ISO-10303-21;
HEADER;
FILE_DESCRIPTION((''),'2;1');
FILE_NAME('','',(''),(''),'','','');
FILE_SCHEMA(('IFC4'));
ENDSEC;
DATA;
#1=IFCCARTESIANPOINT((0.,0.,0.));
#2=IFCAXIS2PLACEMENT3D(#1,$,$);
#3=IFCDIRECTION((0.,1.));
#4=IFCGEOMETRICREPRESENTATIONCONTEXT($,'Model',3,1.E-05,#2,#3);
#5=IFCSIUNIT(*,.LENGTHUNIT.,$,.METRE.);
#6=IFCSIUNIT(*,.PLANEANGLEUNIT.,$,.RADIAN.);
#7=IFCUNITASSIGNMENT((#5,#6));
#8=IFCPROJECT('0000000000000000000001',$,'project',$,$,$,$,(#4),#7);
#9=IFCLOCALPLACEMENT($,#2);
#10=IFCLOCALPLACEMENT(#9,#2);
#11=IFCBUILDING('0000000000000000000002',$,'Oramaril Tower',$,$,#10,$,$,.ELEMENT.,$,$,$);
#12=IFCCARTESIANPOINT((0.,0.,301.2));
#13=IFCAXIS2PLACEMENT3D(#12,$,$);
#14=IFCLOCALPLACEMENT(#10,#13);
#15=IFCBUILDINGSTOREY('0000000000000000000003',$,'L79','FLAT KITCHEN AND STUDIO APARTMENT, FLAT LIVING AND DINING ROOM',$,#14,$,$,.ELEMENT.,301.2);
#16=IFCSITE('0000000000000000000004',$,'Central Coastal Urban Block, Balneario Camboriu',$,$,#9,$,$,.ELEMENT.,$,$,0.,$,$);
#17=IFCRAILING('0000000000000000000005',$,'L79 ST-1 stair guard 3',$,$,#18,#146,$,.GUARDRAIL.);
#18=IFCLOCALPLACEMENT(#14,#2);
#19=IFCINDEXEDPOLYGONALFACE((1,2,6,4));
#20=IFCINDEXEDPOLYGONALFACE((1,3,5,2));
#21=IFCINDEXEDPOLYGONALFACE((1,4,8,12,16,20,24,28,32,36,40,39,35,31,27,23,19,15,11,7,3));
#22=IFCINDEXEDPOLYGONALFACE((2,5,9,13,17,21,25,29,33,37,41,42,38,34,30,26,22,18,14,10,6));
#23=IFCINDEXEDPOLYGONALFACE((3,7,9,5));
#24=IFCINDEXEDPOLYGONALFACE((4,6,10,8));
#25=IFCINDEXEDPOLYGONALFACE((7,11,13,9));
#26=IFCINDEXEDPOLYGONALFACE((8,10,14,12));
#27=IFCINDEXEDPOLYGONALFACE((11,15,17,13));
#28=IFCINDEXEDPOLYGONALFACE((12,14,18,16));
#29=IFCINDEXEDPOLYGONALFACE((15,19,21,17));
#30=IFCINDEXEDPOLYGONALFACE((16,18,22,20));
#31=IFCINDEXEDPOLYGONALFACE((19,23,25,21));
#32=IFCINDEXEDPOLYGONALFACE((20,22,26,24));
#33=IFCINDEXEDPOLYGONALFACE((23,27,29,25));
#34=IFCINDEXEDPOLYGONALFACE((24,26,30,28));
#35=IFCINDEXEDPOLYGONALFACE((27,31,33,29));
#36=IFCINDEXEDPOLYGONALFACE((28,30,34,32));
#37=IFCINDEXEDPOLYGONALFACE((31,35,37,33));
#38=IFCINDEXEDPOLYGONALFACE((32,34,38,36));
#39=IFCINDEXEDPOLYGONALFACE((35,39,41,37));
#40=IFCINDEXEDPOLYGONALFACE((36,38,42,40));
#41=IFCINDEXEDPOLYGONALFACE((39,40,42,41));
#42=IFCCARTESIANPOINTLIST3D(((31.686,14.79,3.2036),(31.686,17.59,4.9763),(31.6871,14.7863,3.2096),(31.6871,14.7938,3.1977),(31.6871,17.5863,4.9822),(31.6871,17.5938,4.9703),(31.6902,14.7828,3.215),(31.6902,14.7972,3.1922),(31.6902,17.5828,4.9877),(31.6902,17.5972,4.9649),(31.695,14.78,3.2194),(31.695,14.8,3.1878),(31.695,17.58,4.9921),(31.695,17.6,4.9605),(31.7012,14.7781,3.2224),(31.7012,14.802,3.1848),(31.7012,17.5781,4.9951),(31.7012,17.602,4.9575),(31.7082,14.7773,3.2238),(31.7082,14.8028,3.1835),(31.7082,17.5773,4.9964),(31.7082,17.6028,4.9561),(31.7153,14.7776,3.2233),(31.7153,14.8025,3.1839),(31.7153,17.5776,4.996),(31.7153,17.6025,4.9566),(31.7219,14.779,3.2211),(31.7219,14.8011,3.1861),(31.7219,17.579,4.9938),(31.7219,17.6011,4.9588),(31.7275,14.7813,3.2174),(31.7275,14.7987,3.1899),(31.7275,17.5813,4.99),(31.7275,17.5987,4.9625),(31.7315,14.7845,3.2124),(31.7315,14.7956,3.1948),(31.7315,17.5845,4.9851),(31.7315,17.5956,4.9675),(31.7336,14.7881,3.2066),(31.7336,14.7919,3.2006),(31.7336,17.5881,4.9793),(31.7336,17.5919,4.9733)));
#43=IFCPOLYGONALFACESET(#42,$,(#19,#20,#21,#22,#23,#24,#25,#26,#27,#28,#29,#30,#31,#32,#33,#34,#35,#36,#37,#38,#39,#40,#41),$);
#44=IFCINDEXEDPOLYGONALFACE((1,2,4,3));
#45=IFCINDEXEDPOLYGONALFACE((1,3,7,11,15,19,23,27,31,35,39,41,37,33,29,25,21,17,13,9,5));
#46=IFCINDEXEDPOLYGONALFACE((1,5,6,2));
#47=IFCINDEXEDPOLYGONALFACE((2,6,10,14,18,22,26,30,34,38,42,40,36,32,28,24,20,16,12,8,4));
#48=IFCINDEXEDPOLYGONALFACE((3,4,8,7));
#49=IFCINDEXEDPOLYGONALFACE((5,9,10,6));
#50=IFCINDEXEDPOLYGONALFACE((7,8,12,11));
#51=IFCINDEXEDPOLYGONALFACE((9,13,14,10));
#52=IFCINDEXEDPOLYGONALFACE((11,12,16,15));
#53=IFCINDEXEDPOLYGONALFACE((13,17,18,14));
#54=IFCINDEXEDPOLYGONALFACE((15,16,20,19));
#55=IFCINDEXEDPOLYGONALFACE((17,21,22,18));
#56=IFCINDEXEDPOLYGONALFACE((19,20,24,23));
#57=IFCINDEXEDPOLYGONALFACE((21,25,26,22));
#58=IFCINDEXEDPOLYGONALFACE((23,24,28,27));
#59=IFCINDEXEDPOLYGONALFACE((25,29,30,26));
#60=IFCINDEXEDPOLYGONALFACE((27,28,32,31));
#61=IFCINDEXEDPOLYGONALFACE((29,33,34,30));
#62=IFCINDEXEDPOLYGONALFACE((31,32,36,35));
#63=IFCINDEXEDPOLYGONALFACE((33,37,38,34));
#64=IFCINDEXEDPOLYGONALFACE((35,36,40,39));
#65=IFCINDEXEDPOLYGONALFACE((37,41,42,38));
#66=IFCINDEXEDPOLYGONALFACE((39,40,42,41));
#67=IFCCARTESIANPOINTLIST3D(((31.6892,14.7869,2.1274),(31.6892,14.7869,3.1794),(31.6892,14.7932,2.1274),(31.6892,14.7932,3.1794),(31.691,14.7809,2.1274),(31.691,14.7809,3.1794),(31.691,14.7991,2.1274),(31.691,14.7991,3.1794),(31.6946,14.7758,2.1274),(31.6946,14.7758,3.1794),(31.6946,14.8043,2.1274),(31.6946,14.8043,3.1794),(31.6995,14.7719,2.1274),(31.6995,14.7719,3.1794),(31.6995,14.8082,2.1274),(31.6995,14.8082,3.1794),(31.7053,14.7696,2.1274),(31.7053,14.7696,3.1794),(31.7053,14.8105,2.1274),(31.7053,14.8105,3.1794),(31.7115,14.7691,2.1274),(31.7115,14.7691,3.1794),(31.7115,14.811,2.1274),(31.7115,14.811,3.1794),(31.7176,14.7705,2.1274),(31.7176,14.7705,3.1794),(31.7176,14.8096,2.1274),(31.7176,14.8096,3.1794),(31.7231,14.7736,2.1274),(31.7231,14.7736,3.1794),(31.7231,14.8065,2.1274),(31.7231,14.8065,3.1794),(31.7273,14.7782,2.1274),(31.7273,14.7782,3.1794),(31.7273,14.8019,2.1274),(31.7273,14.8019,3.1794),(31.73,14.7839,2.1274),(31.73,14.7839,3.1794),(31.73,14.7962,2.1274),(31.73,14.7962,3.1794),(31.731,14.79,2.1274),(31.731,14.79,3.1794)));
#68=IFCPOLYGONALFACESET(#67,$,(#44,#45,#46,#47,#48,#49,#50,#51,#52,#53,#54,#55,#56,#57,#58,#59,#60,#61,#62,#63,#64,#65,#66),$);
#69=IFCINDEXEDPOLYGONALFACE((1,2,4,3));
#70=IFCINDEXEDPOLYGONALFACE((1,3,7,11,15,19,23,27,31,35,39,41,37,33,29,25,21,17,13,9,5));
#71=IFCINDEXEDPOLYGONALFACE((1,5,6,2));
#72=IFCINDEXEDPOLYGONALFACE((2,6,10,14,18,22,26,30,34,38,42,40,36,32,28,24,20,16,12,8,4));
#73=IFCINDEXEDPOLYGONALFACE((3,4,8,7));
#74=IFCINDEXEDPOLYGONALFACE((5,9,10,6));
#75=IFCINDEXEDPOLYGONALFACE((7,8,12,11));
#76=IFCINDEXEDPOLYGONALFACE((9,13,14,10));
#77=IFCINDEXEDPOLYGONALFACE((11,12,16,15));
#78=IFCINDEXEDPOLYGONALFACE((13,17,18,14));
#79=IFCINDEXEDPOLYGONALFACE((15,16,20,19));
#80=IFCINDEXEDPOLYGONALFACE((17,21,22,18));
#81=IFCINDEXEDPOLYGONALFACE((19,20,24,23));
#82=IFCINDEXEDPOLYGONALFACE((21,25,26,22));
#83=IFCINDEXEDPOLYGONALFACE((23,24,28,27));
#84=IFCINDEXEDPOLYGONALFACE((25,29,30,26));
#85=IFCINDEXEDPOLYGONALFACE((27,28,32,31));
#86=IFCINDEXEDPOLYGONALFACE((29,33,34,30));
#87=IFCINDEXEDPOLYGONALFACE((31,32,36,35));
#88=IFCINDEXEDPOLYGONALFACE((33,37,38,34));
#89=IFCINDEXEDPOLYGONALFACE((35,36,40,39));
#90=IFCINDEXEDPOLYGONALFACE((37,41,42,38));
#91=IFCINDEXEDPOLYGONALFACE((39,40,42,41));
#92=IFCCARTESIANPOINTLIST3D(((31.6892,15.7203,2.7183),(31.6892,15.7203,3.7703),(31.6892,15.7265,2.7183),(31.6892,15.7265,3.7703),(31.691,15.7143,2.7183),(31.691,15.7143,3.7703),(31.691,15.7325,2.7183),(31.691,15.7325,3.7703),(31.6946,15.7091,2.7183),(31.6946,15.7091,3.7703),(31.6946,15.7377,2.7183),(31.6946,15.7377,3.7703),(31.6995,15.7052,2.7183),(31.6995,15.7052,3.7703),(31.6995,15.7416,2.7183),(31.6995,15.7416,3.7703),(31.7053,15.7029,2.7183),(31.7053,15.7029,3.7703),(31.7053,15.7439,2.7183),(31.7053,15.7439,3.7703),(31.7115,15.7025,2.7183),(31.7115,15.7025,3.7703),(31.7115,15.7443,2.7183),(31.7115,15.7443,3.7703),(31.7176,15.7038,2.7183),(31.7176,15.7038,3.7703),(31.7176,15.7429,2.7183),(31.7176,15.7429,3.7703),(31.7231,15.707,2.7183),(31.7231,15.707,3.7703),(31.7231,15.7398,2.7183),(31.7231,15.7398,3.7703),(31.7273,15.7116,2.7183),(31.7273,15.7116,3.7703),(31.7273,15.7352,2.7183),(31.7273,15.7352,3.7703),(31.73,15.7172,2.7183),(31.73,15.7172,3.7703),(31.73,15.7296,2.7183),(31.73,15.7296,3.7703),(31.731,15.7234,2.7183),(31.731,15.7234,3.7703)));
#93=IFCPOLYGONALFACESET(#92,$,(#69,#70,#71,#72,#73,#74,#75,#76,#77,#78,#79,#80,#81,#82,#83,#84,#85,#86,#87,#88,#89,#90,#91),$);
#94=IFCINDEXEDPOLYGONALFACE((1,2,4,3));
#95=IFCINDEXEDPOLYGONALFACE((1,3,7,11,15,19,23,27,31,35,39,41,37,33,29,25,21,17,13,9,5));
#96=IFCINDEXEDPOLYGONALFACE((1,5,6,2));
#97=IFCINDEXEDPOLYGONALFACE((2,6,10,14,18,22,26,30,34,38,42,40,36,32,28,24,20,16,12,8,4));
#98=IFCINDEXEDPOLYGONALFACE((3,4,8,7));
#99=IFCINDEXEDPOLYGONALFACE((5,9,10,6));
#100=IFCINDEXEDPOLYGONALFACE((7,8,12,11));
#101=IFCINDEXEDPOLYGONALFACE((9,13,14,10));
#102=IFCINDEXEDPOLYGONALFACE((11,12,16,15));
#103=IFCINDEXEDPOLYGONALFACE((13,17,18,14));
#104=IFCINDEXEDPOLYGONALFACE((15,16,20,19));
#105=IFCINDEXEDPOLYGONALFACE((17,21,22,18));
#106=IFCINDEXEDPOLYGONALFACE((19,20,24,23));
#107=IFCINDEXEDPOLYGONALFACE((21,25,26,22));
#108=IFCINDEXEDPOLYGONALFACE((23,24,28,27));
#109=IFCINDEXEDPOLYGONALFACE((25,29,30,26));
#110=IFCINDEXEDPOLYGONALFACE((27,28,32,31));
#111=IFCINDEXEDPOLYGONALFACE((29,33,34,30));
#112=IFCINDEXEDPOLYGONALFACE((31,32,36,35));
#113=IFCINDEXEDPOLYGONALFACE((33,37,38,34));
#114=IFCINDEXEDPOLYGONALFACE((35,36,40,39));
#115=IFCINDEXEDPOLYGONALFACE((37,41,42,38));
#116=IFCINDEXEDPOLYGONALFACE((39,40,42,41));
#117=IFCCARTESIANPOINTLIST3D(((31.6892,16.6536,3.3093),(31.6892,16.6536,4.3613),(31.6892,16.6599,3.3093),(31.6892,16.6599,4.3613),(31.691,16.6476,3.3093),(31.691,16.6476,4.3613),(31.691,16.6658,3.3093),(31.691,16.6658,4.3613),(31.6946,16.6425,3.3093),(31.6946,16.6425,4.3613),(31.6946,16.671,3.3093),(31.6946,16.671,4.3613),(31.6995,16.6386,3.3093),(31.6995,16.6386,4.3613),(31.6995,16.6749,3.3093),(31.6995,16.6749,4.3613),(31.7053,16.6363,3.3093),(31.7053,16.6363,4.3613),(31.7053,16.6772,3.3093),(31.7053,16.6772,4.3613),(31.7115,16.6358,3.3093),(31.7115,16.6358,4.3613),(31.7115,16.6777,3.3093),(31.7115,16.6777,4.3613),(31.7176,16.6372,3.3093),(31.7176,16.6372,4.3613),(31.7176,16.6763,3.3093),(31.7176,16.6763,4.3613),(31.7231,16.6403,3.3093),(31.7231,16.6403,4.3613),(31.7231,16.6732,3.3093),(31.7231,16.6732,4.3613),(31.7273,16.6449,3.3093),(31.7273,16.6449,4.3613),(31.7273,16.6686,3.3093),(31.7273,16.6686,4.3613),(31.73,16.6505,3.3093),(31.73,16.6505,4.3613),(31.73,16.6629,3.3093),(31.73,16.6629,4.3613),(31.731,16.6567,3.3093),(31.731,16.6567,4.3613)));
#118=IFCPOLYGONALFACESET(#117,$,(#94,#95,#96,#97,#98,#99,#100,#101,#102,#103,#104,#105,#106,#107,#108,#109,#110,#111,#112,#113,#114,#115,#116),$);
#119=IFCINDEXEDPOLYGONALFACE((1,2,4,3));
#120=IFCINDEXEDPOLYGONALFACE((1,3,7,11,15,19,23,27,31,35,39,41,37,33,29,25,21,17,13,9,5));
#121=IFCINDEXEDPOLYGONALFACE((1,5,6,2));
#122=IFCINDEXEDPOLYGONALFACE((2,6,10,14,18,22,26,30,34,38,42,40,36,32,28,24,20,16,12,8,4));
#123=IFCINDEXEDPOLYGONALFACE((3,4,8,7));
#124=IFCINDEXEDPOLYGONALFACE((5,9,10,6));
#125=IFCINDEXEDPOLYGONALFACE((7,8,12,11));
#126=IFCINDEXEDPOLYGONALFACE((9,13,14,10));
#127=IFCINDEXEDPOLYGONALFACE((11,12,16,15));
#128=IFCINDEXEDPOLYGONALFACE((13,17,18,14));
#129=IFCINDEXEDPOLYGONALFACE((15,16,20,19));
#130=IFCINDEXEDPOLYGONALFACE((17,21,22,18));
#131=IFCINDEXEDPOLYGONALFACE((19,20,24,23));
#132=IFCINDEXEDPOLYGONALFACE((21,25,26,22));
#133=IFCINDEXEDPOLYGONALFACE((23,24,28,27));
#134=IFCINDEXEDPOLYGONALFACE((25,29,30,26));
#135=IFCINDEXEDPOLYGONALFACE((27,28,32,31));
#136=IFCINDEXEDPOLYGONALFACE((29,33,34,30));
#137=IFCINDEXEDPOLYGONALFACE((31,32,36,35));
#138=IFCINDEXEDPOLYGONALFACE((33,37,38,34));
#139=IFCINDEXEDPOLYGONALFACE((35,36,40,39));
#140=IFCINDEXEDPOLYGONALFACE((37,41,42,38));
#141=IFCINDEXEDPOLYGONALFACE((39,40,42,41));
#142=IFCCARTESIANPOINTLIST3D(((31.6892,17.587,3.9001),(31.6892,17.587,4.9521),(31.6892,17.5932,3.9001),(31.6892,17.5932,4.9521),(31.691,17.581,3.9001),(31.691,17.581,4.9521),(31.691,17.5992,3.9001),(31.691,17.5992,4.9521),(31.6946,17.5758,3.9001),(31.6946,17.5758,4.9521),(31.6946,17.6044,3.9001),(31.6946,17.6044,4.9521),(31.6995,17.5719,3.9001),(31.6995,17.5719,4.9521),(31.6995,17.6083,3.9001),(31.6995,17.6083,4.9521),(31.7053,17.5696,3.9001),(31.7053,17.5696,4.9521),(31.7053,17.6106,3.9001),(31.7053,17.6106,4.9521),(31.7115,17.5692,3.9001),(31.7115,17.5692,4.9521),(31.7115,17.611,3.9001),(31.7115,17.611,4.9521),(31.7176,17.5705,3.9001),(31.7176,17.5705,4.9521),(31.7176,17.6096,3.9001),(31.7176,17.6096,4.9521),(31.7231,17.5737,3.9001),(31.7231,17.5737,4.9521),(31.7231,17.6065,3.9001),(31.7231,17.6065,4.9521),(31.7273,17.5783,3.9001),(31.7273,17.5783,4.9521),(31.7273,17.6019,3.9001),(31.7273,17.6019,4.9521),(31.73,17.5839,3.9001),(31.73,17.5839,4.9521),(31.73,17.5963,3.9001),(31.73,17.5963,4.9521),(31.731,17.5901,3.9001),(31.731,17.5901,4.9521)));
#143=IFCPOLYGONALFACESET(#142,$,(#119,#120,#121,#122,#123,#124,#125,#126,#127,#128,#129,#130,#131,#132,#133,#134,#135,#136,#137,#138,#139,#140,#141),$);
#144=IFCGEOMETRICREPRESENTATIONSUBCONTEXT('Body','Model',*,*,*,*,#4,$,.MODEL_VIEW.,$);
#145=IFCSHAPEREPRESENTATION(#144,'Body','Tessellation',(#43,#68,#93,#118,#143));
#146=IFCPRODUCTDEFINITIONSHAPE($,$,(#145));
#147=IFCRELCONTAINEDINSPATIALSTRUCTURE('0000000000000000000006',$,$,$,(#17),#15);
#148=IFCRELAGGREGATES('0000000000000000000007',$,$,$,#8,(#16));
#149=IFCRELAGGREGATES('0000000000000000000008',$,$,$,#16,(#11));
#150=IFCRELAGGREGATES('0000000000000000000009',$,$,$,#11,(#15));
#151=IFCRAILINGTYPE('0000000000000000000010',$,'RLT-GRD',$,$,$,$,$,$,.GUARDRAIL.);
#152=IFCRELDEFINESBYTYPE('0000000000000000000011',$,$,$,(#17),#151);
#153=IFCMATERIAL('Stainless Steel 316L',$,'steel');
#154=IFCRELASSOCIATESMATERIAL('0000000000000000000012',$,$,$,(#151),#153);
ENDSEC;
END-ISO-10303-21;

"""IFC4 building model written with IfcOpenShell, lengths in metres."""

from ifc_helpers import new_model, si_unit, direction, frame, origin, origin_2d, place, context, subcontext, project, spatial, circle, extrude, material, type_object, element, save


model = new_model("IFC4")

# Units and contexts
model_context = context("Model", 3, precision=1e-05, world=origin(), true_north=direction((0.0, 1.0)))
body_context = subcontext(model_context, "Body", "Model", "MODEL_VIEW")
ifc_project = project(units=[si_unit("LENGTHUNIT", "METRE"), si_unit("PLANEANGLEUNIT", "RADIAN")], contexts=[model_context])

# Site, building, storey
site_placement = place(None, origin())
site = spatial("IfcSite", under=ifc_project, at=site_placement, Name="Central Coastal Urban Block, Balneario Camboriu", CompositionType="ELEMENT", RefElevation=0.0)
building_placement = place(site_placement, origin())
building = spatial("IfcBuilding", under=site, at=building_placement, Name="Oramaril Tower", CompositionType="ELEMENT")
storey_placement = place(building_placement, frame((0.0, 0.0, 301.2)))
storey = spatial("IfcBuildingStorey", under=building, at=storey_placement, Name="L79", Description="FLAT KITCHEN AND STUDIO APARTMENT, FLAT LIVING AND DINING ROOM", CompositionType="ELEMENT", Elevation=301.2)

# Railing
ifc_material_1 = material(Name="Stainless Steel 316L", Category="steel")
railing_type_1 = type_object("IfcRailingType", Name="RLT-GRD", PredefinedType="GUARDRAIL", material=ifc_material_1)
railing_1_placement = place(storey_placement, frame((31.71, 14.79, 2.1274)))
element("IfcRailing", 1, at=railing_1_placement, inside=storey, type_object=railing_type_1, Name="L79 ST-1 stair guard 3", PredefinedType="GUARDRAIL", context=body_context, shape_type="SweptSolid", body=[
    extrude(circle(Radius=0.0239, at=origin_2d()), frame((0.0, 0.0, 1.0762), z_axis=(0.0, 0.844909, 0.53491), x_axis=(-1.0, 0.0, 0.0)), (0.0, 0.0, 1.0), 3.314),
    extrude(circle(Radius=0.021, at=origin_2d()), origin(), (0.0, 0.0, 1.0), 1.052),
    extrude(circle(Radius=0.021, at=origin_2d()), frame((0.0, 0.9333, 0.5908)), (0.0, 0.0, 1.0), 1.052),
    extrude(circle(Radius=0.021, at=origin_2d()), frame((0.0, 1.8667, 1.1819)), (0.0, 0.0, 1.0), 1.052),
    extrude(circle(Radius=0.021, at=origin_2d()), frame((0.0, 2.8, 1.7727)), (0.0, 0.0, 1.0), 1.052),
])

save(model, "model.ifc")
